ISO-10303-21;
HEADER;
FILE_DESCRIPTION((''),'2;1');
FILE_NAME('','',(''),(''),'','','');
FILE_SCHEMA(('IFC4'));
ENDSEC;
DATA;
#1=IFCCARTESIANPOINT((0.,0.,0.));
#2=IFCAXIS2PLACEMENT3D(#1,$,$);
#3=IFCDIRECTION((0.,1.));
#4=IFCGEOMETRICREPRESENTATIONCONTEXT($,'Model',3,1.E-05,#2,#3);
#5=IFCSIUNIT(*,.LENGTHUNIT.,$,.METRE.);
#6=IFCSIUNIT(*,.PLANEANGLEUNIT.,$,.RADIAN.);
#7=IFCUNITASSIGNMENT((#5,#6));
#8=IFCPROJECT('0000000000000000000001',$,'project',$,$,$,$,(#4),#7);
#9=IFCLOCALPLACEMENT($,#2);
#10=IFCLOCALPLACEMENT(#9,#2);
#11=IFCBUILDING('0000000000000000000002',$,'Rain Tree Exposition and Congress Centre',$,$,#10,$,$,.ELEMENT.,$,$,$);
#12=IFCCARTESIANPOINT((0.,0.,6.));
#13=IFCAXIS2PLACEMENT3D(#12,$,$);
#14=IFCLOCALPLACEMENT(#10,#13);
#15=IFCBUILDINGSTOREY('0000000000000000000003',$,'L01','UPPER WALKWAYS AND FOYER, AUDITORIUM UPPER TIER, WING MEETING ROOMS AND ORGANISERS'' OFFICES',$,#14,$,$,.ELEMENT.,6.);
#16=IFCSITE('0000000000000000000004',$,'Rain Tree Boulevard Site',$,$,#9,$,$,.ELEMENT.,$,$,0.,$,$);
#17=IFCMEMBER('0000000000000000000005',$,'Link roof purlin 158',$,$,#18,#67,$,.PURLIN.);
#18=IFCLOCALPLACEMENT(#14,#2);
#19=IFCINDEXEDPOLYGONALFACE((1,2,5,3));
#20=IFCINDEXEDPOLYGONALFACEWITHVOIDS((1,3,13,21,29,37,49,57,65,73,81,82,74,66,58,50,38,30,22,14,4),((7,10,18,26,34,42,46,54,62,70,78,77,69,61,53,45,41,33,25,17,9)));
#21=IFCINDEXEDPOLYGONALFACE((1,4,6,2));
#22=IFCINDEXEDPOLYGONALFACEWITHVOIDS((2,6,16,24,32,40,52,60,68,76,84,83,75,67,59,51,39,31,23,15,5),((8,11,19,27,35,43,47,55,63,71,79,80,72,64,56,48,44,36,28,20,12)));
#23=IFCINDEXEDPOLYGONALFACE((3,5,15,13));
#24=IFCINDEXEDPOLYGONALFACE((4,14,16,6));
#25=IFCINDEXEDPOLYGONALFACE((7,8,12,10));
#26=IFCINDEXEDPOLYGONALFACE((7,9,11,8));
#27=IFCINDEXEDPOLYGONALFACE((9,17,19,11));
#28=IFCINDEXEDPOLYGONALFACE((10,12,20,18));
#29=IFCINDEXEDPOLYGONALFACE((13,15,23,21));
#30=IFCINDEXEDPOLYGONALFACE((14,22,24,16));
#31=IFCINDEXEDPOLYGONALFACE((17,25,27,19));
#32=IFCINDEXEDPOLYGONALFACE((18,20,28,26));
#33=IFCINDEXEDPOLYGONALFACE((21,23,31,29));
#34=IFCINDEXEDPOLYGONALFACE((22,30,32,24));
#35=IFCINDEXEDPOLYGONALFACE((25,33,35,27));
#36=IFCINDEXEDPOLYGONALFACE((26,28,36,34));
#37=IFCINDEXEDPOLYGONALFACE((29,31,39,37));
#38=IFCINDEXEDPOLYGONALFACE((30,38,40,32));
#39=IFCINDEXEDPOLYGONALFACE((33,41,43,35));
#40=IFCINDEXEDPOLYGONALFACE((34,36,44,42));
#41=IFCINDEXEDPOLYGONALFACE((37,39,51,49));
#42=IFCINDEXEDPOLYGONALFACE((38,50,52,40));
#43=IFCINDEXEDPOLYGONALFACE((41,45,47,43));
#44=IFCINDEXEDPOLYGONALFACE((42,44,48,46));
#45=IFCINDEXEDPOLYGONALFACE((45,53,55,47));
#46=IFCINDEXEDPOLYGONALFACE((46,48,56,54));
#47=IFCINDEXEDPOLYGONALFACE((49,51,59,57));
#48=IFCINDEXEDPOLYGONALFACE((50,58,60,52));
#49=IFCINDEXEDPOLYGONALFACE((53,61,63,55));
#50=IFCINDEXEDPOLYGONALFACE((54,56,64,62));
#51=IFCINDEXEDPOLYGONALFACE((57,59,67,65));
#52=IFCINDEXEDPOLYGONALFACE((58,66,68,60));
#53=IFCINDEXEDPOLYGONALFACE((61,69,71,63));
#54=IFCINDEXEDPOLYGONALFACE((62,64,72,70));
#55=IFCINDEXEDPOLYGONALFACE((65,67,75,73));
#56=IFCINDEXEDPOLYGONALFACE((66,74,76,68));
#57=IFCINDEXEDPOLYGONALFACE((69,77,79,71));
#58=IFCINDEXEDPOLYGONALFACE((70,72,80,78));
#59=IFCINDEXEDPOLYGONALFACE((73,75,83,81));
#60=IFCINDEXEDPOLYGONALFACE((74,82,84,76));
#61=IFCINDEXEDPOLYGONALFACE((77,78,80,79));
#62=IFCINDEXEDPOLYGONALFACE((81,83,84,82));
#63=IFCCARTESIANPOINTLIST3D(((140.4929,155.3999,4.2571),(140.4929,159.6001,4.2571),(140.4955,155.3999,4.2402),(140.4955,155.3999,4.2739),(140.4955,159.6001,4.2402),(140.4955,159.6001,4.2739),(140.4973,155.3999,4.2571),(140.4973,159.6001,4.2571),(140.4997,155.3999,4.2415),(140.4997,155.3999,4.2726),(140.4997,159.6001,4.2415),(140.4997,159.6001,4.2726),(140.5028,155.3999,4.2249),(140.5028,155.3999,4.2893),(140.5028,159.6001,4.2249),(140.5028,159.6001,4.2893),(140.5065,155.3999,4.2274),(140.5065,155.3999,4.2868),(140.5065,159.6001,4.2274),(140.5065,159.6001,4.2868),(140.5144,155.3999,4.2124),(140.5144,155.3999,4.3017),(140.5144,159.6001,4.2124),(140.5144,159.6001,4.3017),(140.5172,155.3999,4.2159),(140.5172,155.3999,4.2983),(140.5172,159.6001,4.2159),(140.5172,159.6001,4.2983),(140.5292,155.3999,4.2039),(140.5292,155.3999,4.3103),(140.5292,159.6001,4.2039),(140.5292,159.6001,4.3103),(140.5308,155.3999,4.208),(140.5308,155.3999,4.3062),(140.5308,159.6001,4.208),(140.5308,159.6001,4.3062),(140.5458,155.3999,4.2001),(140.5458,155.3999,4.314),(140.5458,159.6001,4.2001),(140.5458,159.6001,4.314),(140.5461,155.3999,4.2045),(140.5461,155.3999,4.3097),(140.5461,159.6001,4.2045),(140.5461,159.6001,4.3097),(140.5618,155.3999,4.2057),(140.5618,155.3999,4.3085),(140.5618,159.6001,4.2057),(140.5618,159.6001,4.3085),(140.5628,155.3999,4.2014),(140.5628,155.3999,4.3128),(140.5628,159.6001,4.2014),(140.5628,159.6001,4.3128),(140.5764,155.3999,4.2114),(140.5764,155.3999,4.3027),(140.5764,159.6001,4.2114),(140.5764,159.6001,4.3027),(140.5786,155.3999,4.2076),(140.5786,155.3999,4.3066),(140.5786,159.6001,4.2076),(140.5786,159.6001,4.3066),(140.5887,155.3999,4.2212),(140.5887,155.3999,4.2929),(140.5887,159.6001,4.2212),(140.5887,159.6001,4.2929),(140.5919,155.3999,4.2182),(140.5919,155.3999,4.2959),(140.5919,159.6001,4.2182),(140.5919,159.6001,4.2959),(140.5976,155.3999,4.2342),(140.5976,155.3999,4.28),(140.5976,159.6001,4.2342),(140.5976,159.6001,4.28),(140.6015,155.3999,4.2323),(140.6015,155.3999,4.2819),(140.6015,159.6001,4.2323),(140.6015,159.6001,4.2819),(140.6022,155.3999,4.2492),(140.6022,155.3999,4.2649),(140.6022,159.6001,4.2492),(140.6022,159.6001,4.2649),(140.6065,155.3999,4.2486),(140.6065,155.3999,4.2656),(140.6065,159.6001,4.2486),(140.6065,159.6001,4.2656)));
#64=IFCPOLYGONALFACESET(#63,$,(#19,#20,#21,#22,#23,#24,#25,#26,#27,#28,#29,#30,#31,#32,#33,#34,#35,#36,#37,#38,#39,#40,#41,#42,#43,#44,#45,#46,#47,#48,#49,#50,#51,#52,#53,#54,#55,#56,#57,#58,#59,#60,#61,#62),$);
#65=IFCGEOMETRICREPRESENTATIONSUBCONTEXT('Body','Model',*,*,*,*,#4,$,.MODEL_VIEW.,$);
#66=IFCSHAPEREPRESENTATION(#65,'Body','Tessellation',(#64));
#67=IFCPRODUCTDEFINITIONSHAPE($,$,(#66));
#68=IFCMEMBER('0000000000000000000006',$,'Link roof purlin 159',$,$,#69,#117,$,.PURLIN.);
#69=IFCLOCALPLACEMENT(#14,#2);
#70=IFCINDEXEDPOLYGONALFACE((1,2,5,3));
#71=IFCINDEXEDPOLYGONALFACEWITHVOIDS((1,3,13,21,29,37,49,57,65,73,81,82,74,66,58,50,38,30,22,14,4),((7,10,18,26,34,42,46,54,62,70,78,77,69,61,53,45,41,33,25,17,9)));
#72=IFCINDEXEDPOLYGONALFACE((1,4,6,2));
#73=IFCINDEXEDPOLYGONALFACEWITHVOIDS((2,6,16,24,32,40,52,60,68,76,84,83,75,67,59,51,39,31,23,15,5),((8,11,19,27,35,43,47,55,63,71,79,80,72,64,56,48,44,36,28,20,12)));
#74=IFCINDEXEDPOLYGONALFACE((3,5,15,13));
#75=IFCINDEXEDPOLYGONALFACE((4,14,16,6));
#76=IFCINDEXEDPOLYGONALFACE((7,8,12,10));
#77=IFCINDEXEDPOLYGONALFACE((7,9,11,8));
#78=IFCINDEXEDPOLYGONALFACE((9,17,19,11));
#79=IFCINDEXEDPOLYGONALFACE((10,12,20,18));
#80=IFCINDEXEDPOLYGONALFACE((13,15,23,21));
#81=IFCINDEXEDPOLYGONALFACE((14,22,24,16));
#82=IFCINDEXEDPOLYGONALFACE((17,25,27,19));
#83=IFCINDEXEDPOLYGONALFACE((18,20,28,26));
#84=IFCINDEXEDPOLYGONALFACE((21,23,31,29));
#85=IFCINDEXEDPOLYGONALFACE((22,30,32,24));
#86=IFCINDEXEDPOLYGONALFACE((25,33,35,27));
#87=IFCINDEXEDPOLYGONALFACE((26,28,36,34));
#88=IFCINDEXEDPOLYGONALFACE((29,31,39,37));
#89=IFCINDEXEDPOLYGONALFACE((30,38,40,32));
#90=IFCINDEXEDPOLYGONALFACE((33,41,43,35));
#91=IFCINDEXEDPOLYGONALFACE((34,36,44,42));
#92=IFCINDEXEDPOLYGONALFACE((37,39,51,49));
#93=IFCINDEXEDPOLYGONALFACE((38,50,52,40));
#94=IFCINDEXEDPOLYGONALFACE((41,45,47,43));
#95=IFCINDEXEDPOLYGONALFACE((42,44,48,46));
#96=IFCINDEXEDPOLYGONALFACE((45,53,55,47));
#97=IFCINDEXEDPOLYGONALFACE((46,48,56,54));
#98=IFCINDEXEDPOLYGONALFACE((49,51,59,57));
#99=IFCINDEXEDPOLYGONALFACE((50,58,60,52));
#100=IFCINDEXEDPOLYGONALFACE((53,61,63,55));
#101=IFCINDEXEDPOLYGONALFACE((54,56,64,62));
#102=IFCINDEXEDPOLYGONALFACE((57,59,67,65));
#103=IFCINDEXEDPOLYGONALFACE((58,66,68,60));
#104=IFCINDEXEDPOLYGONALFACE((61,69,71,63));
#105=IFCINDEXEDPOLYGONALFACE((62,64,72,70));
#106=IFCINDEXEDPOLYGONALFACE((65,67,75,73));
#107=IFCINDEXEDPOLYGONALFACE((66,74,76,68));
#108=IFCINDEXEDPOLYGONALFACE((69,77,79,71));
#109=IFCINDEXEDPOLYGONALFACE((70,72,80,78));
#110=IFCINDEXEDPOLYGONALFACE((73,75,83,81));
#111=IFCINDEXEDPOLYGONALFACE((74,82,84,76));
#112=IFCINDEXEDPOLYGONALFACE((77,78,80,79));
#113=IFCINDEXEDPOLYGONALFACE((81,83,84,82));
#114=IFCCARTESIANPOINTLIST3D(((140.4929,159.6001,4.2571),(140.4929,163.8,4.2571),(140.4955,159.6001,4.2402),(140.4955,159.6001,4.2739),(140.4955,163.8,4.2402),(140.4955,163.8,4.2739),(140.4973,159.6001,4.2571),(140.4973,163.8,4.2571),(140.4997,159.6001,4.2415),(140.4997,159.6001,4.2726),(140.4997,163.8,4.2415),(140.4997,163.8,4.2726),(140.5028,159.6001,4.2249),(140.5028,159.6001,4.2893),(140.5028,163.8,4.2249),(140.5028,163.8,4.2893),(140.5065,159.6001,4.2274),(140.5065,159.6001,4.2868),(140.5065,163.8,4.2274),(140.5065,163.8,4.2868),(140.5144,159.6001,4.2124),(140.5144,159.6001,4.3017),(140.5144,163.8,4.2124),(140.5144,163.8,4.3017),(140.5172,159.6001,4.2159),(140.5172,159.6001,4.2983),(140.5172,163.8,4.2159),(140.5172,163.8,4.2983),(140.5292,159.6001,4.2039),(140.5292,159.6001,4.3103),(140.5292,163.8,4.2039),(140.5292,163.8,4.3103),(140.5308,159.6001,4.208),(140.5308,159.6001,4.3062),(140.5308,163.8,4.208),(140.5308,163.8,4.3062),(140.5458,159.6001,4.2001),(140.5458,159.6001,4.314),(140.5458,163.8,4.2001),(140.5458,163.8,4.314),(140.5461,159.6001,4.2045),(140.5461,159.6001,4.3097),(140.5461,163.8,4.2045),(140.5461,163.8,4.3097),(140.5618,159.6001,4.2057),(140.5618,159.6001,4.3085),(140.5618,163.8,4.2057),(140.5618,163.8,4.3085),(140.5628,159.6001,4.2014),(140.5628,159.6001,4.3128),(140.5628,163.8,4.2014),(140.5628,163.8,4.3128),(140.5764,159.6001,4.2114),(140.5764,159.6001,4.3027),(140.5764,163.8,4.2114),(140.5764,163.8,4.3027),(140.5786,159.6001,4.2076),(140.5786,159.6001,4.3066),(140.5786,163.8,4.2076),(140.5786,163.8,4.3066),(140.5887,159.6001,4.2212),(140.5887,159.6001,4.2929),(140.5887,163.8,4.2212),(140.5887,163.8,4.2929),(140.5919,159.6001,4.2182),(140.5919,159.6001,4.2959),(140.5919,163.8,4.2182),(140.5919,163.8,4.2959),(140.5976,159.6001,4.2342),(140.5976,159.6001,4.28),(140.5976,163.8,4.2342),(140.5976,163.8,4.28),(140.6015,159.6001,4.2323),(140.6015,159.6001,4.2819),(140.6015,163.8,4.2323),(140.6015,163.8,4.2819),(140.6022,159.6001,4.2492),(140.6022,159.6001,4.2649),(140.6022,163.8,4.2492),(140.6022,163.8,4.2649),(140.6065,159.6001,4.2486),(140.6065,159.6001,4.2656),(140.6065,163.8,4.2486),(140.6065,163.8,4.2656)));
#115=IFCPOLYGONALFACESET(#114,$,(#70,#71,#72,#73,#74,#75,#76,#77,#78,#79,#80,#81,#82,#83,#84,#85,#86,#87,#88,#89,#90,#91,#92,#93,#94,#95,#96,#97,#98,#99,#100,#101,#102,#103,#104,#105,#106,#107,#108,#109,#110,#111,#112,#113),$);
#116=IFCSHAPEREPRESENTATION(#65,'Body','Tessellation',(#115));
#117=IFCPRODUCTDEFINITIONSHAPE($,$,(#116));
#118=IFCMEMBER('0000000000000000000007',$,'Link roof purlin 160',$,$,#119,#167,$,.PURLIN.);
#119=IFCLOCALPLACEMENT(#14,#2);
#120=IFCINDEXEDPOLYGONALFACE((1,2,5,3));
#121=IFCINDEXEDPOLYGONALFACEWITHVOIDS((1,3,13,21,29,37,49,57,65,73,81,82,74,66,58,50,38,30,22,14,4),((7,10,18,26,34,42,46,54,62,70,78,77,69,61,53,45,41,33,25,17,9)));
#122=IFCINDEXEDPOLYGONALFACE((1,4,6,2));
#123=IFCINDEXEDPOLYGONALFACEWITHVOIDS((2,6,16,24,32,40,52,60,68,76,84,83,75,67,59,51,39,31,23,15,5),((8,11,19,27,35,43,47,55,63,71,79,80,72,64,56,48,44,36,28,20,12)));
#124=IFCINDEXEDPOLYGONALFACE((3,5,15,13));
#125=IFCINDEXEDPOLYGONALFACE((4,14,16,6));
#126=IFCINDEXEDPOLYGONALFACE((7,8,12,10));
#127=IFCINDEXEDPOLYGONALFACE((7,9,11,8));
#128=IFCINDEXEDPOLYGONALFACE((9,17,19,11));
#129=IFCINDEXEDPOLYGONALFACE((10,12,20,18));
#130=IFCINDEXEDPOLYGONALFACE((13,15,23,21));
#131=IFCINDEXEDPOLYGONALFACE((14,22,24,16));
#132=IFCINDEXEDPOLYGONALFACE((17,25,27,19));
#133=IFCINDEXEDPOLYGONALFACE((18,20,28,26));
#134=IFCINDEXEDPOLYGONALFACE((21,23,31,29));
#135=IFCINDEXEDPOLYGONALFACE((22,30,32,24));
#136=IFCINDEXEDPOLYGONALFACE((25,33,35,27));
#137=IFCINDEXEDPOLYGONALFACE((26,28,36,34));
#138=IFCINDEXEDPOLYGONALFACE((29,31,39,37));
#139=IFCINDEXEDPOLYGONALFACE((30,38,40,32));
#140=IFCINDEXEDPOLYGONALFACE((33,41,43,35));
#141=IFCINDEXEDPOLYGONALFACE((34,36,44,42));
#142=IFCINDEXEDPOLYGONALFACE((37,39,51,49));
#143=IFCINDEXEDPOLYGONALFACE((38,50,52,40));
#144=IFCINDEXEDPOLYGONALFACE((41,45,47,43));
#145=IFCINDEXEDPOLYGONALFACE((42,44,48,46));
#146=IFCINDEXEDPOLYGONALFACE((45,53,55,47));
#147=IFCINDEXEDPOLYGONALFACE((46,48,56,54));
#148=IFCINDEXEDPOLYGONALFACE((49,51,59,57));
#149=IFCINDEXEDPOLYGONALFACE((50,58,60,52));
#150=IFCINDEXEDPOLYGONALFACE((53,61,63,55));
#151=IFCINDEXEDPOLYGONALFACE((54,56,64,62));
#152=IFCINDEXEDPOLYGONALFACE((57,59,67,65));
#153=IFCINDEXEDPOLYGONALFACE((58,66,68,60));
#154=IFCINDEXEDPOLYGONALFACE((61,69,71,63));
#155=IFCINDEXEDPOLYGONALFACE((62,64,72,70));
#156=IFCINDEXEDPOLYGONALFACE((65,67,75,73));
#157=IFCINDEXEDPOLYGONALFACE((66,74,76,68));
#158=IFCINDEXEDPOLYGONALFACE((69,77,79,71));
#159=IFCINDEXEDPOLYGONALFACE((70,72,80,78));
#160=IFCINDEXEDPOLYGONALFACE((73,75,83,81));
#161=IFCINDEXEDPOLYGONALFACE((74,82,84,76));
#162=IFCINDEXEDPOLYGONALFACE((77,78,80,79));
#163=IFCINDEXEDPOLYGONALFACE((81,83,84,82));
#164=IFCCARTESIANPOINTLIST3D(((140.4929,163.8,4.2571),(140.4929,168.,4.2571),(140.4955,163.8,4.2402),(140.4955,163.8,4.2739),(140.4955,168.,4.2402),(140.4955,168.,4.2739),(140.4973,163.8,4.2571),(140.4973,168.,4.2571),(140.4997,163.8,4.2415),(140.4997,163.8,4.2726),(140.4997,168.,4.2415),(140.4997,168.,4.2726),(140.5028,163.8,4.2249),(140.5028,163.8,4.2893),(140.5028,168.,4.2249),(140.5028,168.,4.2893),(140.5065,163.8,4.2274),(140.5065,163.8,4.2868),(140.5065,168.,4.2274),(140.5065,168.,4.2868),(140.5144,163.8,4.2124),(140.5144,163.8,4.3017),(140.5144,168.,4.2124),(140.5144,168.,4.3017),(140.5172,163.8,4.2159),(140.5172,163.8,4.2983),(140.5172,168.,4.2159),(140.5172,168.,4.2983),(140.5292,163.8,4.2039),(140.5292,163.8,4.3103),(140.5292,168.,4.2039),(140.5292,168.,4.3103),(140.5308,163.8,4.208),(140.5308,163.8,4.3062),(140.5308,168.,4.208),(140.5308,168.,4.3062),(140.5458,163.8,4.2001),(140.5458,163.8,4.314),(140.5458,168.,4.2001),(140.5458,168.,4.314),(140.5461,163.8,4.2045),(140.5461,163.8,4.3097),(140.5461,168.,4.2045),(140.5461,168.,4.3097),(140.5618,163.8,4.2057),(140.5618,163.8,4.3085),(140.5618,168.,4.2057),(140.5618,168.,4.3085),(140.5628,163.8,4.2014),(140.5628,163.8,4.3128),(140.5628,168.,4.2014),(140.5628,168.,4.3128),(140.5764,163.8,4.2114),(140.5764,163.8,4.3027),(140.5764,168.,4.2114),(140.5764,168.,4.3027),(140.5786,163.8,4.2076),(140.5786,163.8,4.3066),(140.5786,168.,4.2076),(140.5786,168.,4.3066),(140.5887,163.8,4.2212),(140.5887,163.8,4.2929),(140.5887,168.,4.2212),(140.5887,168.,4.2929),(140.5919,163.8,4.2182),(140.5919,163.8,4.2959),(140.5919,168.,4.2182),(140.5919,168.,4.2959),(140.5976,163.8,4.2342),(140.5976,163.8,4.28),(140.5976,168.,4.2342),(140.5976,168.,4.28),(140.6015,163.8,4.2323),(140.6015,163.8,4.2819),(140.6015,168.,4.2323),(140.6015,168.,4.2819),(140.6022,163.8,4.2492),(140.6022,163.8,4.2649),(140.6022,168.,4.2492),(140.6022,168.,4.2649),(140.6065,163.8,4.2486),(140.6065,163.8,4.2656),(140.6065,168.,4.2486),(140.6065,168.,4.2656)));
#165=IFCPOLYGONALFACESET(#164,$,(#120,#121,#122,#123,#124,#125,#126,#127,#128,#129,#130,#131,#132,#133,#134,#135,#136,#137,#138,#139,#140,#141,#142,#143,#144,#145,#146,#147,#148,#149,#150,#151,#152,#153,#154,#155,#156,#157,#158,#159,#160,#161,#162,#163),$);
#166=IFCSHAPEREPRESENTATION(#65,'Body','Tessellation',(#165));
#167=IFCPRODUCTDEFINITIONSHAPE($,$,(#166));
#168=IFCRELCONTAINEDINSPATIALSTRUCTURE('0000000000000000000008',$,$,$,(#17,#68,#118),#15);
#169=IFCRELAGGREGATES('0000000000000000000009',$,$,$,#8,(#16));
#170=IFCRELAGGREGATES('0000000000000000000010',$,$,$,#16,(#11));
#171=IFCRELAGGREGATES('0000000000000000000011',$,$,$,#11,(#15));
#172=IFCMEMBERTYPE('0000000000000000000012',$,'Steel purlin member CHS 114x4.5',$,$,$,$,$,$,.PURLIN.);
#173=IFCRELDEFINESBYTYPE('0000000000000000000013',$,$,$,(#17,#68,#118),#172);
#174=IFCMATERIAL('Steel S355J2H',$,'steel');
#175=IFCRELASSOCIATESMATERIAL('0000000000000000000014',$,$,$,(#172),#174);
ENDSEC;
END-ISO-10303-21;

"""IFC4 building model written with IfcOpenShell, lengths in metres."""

from ifc_helpers import new_model, si_unit, direction, frame, origin, origin_2d, place, context, subcontext, project, spatial, hollow_circle, extrude, material, material_profile, profile_set, type_object, element, save


model = new_model("IFC4")

# Units and contexts
model_context = context("Model", 3, precision=1e-05, world=origin(), true_north=direction((0.0, 1.0)))
body_context = subcontext(model_context, "Body", "Model", "MODEL_VIEW")
ifc_project = project(units=[si_unit("LENGTHUNIT", "METRE"), si_unit("PLANEANGLEUNIT", "RADIAN")], contexts=[model_context])

# Site, building, storey
site_placement = place(None, origin())
site = spatial("IfcSite", under=ifc_project, at=site_placement, Name="Rain Tree Boulevard Site", CompositionType="ELEMENT", RefElevation=0.0)
building_placement = place(site_placement, origin())
building = spatial("IfcBuilding", under=site, at=building_placement, Name="Rain Tree Exposition and Congress Centre", CompositionType="ELEMENT")
storey_placement = place(building_placement, frame((0.0, 0.0, 6.0)))
storey = spatial("IfcBuildingStorey", under=building, at=storey_placement, Name="L01", Description="UPPER WALKWAYS AND FOYER, AUDITORIUM UPPER TIER, WING MEETING ROOMS AND ORGANISERS' OFFICES", CompositionType="ELEMENT", Elevation=6.0)

# Members
ifc_material_1 = material(Name="Steel S355J2H", Category="steel")
ifc_material_profile = material_profile(ifc_material_1, hollow_circle(Radius=0.0571, WallThickness=0.0044, at=origin_2d()), Name="CHS 114x4.5")
ifc_profile_set = profile_set([ifc_material_profile], Name="Steel S355J2H")
member_type = type_object("IfcMemberType", Name="Steel purlin member CHS 114x4.5", PredefinedType="PURLIN", material=ifc_profile_set)
member_1_placement = place(storey_placement, frame((140.55, 155.3999, 4.2571), z_axis=(0.0, 1.0, 0.0), x_axis=(-1.0, 0.0, 0.0)))
element("IfcMember", 1, at=member_1_placement, inside=storey, type_object=member_type, Name="Link roof purlin 158", PredefinedType="PURLIN", context=body_context, shape_type="SweptSolid", body=[
    extrude(hollow_circle(Radius=0.0571, WallThickness=0.0044, at=origin_2d()), origin(), (0.0, 0.0, 1.0), 4.2002),
])
for number, where, z_axis, x_axis, name in (
    (2, (140.55, 159.6001, 4.2571), (0.0, 1.0, 0.0), (-1.0, 0.0, 0.0), "Link roof purlin 159"),
    (3, (140.55, 163.8, 4.2571), (0.0, 1.0, 0.0), (-1.0, 0.0, 0.0), "Link roof purlin 160"),
):
    element("IfcMember", number, at=place(storey_placement, frame(where, z_axis=z_axis, x_axis=x_axis)), inside=storey, type_object=member_type, Name=name, PredefinedType="PURLIN", context=body_context, shape_type="SweptSolid", body=[
        extrude(hollow_circle(Radius=0.0571, WallThickness=0.0044, at=origin_2d()), origin(), (0.0, 0.0, 1.0), 4.2),
    ])

save(model, "model.ifc")
